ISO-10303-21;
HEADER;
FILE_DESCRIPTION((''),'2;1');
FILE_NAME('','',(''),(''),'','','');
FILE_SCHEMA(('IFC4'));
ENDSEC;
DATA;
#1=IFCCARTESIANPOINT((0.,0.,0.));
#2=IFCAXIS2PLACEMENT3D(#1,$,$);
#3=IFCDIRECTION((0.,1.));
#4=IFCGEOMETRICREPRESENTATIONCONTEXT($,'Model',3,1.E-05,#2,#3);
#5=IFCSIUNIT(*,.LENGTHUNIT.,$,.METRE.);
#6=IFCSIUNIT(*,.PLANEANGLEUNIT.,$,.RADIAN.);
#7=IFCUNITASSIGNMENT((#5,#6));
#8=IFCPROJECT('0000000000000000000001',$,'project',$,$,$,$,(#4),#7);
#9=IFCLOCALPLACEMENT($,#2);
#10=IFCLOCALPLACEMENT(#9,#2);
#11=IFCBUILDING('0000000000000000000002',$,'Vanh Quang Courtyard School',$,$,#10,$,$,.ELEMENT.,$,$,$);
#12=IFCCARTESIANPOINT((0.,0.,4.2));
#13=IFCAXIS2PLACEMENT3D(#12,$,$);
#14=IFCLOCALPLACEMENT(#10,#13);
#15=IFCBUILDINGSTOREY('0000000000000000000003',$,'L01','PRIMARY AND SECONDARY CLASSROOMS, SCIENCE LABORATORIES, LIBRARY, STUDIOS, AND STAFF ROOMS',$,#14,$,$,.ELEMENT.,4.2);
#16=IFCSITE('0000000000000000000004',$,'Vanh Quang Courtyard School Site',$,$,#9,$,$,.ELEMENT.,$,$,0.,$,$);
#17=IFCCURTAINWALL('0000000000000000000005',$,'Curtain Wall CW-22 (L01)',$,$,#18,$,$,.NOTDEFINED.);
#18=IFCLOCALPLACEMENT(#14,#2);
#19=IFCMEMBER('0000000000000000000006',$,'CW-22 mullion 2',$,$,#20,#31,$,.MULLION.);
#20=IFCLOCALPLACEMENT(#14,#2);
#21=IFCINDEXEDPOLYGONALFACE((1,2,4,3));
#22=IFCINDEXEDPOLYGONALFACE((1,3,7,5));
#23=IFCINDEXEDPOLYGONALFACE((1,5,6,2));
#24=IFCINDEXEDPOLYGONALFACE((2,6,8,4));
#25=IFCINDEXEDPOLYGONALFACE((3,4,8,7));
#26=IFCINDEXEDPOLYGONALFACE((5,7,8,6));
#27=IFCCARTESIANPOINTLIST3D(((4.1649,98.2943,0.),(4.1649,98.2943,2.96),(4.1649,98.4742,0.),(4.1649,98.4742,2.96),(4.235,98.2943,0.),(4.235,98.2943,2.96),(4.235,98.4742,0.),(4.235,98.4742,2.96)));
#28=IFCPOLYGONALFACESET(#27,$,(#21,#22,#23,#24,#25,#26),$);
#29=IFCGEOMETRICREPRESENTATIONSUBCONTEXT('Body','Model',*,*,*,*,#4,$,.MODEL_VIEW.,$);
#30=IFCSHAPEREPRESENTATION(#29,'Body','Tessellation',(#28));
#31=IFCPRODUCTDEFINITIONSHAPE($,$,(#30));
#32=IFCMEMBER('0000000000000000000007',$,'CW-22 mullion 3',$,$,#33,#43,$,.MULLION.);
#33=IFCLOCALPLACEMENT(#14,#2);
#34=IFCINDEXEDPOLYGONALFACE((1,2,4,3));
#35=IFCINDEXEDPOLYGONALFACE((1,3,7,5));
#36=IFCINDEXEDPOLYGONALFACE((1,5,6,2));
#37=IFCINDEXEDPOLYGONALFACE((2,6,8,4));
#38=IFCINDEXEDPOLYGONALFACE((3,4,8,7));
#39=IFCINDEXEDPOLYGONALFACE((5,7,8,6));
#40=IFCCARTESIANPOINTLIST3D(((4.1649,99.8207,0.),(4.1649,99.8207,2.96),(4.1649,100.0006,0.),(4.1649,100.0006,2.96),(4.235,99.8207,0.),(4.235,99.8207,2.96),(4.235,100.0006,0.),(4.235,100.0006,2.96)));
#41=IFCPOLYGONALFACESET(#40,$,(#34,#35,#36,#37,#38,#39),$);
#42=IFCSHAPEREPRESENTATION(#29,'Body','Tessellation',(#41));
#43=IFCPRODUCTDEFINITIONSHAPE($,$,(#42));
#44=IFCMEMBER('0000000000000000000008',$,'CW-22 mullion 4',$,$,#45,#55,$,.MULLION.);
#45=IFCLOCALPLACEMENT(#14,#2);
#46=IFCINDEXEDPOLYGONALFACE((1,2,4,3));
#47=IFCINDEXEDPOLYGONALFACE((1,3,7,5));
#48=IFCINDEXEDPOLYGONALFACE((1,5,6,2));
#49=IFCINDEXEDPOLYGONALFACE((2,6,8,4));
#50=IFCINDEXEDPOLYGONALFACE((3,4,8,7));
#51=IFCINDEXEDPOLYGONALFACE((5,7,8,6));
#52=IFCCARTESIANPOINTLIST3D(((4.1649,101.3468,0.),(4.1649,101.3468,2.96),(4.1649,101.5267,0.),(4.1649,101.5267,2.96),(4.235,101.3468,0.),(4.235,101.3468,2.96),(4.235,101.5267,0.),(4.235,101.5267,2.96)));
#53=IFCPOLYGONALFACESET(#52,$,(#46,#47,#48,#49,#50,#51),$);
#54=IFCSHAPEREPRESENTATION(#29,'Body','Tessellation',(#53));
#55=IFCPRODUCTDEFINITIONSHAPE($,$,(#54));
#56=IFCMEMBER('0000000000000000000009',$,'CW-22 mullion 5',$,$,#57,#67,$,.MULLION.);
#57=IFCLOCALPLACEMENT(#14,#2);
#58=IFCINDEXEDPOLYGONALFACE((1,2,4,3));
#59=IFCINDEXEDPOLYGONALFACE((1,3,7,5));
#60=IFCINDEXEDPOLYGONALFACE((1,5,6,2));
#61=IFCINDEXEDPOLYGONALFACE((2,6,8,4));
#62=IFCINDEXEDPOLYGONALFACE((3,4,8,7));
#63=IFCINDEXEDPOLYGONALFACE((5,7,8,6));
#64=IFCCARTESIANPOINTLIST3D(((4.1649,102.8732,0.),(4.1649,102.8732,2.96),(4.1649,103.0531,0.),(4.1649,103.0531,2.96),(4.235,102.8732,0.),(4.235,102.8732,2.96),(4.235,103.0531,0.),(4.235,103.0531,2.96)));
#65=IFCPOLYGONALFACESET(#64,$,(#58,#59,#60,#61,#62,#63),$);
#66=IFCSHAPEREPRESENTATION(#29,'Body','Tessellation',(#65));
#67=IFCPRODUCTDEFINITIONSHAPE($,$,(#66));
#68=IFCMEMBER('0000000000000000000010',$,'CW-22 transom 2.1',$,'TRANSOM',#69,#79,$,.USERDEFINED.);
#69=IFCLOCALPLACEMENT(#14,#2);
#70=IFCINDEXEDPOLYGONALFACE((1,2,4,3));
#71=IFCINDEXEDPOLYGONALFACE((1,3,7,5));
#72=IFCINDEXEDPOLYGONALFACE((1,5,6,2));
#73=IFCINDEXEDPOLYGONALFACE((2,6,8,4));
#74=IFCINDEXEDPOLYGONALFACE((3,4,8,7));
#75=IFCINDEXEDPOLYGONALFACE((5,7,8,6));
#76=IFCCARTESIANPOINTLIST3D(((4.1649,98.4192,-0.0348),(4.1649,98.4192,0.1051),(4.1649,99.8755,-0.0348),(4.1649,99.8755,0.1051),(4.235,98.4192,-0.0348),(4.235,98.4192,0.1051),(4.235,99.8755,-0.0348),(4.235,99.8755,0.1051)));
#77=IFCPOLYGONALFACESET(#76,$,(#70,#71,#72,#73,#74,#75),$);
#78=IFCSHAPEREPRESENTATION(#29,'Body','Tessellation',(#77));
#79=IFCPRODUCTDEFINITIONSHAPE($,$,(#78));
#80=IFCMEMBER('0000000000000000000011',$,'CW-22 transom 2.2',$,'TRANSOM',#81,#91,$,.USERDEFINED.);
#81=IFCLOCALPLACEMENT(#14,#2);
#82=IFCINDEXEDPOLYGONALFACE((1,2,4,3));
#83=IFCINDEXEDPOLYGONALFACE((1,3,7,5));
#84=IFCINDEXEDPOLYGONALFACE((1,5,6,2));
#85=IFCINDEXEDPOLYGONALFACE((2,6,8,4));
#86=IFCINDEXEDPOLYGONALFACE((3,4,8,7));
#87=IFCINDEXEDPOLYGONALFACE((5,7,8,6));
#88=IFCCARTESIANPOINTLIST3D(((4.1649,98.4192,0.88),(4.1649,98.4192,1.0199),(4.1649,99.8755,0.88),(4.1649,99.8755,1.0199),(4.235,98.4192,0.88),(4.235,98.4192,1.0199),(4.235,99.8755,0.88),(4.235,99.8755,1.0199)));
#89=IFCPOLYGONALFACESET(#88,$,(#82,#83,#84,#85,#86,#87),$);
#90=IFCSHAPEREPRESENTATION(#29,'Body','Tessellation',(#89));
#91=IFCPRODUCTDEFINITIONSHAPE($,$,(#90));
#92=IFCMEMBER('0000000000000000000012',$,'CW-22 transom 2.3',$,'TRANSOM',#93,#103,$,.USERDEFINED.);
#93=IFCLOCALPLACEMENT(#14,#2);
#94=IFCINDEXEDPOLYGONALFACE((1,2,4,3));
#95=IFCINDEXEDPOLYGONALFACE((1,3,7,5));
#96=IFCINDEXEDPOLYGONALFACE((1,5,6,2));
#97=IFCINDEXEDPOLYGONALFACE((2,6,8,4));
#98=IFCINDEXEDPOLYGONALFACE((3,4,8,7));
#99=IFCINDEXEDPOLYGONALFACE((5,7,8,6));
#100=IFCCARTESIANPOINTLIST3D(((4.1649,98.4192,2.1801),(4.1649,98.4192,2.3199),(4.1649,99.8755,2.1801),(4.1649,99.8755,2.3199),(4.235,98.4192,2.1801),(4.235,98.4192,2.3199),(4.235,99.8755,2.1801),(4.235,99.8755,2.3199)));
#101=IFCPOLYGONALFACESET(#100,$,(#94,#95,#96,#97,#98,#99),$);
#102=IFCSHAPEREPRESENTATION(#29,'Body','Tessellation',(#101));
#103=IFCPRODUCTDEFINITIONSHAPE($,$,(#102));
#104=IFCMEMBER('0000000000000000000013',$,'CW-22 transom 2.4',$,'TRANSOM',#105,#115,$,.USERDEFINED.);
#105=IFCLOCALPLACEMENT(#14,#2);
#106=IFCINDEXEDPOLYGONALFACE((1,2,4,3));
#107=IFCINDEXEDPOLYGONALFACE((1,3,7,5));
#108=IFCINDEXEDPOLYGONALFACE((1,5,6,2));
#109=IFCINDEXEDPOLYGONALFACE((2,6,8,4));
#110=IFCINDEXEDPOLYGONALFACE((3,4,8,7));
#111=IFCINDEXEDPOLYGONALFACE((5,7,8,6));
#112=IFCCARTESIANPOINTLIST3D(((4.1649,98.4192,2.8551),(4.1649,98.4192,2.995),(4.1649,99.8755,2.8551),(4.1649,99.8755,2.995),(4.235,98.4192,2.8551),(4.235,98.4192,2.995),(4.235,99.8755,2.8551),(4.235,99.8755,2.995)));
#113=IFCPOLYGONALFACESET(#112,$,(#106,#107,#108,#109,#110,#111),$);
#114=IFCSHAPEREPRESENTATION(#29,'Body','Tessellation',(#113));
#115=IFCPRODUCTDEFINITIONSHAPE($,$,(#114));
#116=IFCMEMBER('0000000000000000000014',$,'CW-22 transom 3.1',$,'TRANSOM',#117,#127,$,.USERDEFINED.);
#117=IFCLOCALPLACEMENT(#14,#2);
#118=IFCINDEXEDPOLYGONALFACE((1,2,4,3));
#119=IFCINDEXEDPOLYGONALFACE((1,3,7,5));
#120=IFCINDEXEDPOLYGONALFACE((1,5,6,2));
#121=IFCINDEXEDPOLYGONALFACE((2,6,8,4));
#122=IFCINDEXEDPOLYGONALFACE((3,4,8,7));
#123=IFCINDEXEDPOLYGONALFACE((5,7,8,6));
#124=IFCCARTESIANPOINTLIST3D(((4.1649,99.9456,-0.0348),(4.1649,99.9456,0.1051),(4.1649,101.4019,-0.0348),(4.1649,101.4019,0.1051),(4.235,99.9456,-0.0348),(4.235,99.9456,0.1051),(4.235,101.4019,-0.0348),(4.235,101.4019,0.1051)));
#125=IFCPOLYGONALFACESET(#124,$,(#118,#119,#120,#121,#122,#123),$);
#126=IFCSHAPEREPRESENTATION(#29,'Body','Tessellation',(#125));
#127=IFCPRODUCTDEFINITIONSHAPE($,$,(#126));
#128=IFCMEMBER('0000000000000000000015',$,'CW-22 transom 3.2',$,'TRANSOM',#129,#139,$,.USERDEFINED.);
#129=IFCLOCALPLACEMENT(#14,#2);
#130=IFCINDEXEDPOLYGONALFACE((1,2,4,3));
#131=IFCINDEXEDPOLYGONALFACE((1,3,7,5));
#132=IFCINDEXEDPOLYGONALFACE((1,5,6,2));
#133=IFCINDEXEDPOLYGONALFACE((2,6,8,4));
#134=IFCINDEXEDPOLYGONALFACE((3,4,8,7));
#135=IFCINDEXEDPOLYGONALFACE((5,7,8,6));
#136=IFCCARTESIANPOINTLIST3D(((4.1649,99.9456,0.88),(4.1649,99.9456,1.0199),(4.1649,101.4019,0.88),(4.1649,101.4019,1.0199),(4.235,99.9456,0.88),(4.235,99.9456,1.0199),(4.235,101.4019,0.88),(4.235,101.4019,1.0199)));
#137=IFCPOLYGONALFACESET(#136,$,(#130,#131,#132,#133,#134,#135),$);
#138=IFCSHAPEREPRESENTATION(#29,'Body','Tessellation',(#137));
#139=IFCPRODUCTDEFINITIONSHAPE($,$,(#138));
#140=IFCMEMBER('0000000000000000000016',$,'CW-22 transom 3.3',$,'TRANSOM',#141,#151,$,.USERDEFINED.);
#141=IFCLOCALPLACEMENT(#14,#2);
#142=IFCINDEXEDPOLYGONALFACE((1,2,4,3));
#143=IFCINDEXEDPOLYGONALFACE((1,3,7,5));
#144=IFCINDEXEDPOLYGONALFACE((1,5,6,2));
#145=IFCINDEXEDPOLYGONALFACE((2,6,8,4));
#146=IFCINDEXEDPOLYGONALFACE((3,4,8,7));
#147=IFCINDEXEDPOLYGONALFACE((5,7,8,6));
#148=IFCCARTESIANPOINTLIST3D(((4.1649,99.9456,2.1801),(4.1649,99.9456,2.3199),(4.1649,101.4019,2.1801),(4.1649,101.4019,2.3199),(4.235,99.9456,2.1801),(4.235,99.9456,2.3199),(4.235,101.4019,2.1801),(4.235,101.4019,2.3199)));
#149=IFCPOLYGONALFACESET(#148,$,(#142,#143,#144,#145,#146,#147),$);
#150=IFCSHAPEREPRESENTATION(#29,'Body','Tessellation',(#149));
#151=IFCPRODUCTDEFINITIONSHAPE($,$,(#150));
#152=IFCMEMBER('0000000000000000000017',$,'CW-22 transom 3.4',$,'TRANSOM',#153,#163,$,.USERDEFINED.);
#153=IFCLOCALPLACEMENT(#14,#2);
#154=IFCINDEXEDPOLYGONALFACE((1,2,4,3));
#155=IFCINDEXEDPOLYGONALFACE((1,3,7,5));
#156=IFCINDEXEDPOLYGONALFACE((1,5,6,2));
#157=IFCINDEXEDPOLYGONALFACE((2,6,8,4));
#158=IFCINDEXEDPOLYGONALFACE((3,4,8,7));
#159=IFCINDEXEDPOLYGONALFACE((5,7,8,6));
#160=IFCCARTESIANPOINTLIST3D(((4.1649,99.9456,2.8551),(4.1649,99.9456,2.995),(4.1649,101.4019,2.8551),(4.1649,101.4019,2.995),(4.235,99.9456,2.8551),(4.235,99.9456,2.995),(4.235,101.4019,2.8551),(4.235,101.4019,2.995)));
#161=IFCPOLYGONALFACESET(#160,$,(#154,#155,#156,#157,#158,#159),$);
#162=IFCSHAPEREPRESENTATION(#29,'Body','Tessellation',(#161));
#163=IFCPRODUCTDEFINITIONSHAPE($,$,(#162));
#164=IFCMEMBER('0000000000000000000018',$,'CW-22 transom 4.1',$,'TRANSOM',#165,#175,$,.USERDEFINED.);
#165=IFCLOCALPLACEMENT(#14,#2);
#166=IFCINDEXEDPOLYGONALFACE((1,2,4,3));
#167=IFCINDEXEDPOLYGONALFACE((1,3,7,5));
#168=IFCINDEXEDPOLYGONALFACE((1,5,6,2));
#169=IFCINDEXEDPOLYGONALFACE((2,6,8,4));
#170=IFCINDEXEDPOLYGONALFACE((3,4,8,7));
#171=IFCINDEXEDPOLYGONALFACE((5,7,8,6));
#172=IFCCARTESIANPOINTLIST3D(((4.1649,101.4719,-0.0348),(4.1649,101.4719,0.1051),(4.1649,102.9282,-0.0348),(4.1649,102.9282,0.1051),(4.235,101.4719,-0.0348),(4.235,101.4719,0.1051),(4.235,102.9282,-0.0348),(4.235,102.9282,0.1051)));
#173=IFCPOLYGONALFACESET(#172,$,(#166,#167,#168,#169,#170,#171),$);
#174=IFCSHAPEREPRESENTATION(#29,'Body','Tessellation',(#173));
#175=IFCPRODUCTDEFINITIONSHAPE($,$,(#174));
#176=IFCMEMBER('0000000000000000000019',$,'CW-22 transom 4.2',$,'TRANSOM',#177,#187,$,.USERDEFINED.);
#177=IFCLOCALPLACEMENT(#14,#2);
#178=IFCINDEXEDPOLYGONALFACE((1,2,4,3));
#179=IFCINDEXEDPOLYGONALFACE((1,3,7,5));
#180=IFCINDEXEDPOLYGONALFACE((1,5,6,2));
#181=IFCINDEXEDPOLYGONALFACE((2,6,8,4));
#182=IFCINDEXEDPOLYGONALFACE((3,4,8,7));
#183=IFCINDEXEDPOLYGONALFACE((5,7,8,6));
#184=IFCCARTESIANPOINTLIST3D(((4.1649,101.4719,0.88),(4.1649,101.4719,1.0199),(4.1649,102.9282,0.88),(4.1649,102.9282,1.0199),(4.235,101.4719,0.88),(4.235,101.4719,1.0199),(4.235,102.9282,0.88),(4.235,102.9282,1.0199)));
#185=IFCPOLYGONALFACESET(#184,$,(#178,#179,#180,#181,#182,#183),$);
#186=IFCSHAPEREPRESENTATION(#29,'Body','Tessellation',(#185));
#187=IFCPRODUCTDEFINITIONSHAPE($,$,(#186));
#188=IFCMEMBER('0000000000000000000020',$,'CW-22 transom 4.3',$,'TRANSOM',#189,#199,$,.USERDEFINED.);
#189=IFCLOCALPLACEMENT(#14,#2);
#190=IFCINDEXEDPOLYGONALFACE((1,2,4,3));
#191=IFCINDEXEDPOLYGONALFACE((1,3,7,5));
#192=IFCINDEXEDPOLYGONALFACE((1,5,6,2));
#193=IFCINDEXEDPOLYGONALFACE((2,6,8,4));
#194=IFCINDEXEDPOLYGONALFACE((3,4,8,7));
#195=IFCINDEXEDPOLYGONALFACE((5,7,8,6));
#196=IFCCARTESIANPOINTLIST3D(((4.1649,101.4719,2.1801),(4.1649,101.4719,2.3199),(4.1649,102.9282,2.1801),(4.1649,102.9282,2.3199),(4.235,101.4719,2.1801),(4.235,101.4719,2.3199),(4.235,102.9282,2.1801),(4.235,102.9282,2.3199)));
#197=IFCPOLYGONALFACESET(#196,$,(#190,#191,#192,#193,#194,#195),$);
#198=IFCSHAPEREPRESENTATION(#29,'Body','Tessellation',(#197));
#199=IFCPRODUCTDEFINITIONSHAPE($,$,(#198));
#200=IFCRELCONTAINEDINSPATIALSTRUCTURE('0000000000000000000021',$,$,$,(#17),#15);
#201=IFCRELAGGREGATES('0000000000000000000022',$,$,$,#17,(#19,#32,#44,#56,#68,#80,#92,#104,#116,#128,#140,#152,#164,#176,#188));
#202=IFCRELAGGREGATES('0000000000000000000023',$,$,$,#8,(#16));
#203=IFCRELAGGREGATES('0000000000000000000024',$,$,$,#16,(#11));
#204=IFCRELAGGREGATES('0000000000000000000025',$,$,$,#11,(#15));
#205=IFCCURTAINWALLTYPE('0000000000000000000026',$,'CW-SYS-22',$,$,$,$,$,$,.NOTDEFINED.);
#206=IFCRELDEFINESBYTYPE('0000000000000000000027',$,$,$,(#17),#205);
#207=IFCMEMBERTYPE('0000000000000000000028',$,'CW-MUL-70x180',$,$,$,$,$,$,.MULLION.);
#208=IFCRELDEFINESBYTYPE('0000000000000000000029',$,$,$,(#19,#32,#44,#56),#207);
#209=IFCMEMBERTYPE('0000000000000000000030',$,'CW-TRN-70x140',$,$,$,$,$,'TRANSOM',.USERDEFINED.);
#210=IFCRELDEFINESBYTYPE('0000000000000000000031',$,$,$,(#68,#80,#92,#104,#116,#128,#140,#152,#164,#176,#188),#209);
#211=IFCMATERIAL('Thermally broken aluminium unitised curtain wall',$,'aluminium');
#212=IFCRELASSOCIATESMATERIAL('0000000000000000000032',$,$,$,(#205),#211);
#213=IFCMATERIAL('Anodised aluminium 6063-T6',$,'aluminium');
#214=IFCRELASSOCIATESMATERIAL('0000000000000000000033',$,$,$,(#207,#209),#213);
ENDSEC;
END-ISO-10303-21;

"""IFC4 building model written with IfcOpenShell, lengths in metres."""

from ifc_helpers import new_model, si_unit, direction, frame, origin, origin_2d, place, context, subcontext, project, spatial, rectangle, extrude, material, material_profile, profile_set, type_object, element, aggregate, save


model = new_model("IFC4")

# Units and contexts
model_context = context("Model", 3, precision=1e-05, world=origin(), true_north=direction((0.0, 1.0)))
body_context = subcontext(model_context, "Body", "Model", "MODEL_VIEW")
ifc_project = project(units=[si_unit("LENGTHUNIT", "METRE"), si_unit("PLANEANGLEUNIT", "RADIAN")], contexts=[model_context])

# Site, building, storey
site_placement = place(None, origin())
site = spatial("IfcSite", under=ifc_project, at=site_placement, Name="Vanh Quang Courtyard School Site", CompositionType="ELEMENT", RefElevation=0.0)
building_placement = place(site_placement, origin())
building = spatial("IfcBuilding", under=site, at=building_placement, Name="Vanh Quang Courtyard School", CompositionType="ELEMENT")
storey_placement = place(building_placement, frame((0.0, 0.0, 4.2)))
storey = spatial("IfcBuildingStorey", under=building, at=storey_placement, Name="L01", Description="PRIMARY AND SECONDARY CLASSROOMS, SCIENCE LABORATORIES, LIBRARY, STUDIOS, AND STAFF ROOMS", CompositionType="ELEMENT", Elevation=4.2)

# Curtain wall, members
ifc_material_1 = material(Name="Thermally broken aluminium unitised curtain wall", Category="aluminium")
curtain_wall_type = type_object("IfcCurtainWallType", Name="CW-SYS-22", PredefinedType="NOTDEFINED", material=ifc_material_1)
curtain_wall_placement = place(storey_placement, origin())
curtain_wall = element("IfcCurtainWall", 1, at=curtain_wall_placement, inside=storey, type_object=curtain_wall_type, Name="Curtain Wall CW-22 (L01)", PredefinedType="NOTDEFINED")
ifc_material_2 = material(Name="Anodised aluminium 6063-T6", Category="aluminium")
ifc_material_profile_1 = material_profile(ifc_material_2, rectangle(XDim=0.0701, YDim=0.1799, at=origin_2d()), Name="ALU-MUL 70x180")
ifc_profile_set_1 = profile_set([ifc_material_profile_1], Name="Anodised aluminium 6063-T6")
member_type_1 = type_object("IfcMemberType", Name="CW-MUL-70x180", PredefinedType="MULLION", material=ifc_profile_set_1)
member_1_placement = place(storey_placement, frame((4.2, 98.3843, 0.0), z_axis=(0.0, 0.0, 1.0), x_axis=(-1.0, 0.0, 0.0)))
member_1 = element("IfcMember", 2, at=member_1_placement, type_object=member_type_1, Name="CW-22 mullion 2", PredefinedType="MULLION", context=body_context, shape_type="SweptSolid", body=[
    extrude(rectangle(XDim=0.0701, YDim=0.1799, at=origin_2d()), origin(), (0.0, 0.0, 1.0), 2.96),
])
member_2_placement = place(storey_placement, frame((4.2, 99.9106, 0.0), z_axis=(0.0, 0.0, 1.0), x_axis=(-1.0, 0.0, 0.0)))
member_2 = element("IfcMember", 3, at=member_2_placement, type_object=member_type_1, Name="CW-22 mullion 3", PredefinedType="MULLION", context=body_context, shape_type="SweptSolid", body=[
    extrude(rectangle(XDim=0.0701, YDim=0.1799, at=origin_2d()), origin(), (0.0, 0.0, 1.0), 2.96),
])
member_3_placement = place(storey_placement, frame((4.2, 101.4368, 0.0), z_axis=(0.0, 0.0, 1.0), x_axis=(-1.0, 0.0, 0.0)))
member_3 = element("IfcMember", 4, at=member_3_placement, type_object=member_type_1, Name="CW-22 mullion 4", PredefinedType="MULLION", context=body_context, shape_type="SweptSolid", body=[
    extrude(rectangle(XDim=0.0701, YDim=0.1799, at=origin_2d()), origin(), (0.0, 0.0, 1.0), 2.96),
])
member_4_placement = place(storey_placement, frame((4.2, 102.9631, 0.0), z_axis=(0.0, 0.0, 1.0), x_axis=(-1.0, 0.0, 0.0)))
member_4 = element("IfcMember", 5, at=member_4_placement, type_object=member_type_1, Name="CW-22 mullion 5", PredefinedType="MULLION", context=body_context, shape_type="SweptSolid", body=[
    extrude(rectangle(XDim=0.0701, YDim=0.1799, at=origin_2d()), origin(), (0.0, 0.0, 1.0), 2.96),
])
ifc_material_profile_2 = material_profile(ifc_material_2, rectangle(XDim=0.0701, YDim=0.1399, at=origin_2d()), Name="ALU-TRN 70x140")
ifc_profile_set_2 = profile_set([ifc_material_profile_2], Name="Anodised aluminium 6063-T6")
member_type_2 = type_object("IfcMemberType", Name="CW-TRN-70x140", ElementType="TRANSOM", PredefinedType="USERDEFINED", material=ifc_profile_set_2)
member_5_placement = place(storey_placement, frame((4.2, 98.4192, 0.0352), z_axis=(0.0, 1.0, 0.0), x_axis=(-1.0, 0.0, 0.0)))
member_5 = element("IfcMember", 6, at=member_5_placement, type_object=member_type_2, Name="CW-22 transom 2.1", ObjectType="TRANSOM", PredefinedType="USERDEFINED", context=body_context, shape_type="SweptSolid", body=[
    extrude(rectangle(XDim=0.0701, YDim=0.1399, at=origin_2d()), origin(), (0.0, 0.0, 1.0), 1.4563),
])
member_6_placement = place(storey_placement, frame((4.2, 98.4192, 0.95), z_axis=(0.0, 1.0, 0.0), x_axis=(-1.0, 0.0, 0.0)))
member_6 = element("IfcMember", 7, at=member_6_placement, type_object=member_type_2, Name="CW-22 transom 2.2", ObjectType="TRANSOM", PredefinedType="USERDEFINED", context=body_context, shape_type="SweptSolid", body=[
    extrude(rectangle(XDim=0.0701, YDim=0.1399, at=origin_2d()), origin(), (0.0, 0.0, 1.0), 1.4563),
])
member_7_placement = place(storey_placement, frame((4.2, 98.4192, 2.25), z_axis=(0.0, 1.0, 0.0), x_axis=(-1.0, 0.0, 0.0)))
member_7 = element("IfcMember", 8, at=member_7_placement, type_object=member_type_2, Name="CW-22 transom 2.3", ObjectType="TRANSOM", PredefinedType="USERDEFINED", context=body_context, shape_type="SweptSolid", body=[
    extrude(rectangle(XDim=0.0701, YDim=0.1399, at=origin_2d()), origin(), (0.0, 0.0, 1.0), 1.4563),
])
member_8_placement = place(storey_placement, frame((4.2, 98.4192, 2.925), z_axis=(0.0, 1.0, 0.0), x_axis=(-1.0, 0.0, 0.0)))
member_8 = element("IfcMember", 9, at=member_8_placement, type_object=member_type_2, Name="CW-22 transom 2.4", ObjectType="TRANSOM", PredefinedType="USERDEFINED", context=body_context, shape_type="SweptSolid", body=[
    extrude(rectangle(XDim=0.0701, YDim=0.1399, at=origin_2d()), origin(), (0.0, 0.0, 1.0), 1.4563),
])
member_9_placement = place(storey_placement, frame((4.2, 99.9456, 0.0352), z_axis=(0.0, 1.0, 0.0), x_axis=(-1.0, 0.0, 0.0)))
member_9 = element("IfcMember", 10, at=member_9_placement, type_object=member_type_2, Name="CW-22 transom 3.1", ObjectType="TRANSOM", PredefinedType="USERDEFINED", context=body_context, shape_type="SweptSolid", body=[
    extrude(rectangle(XDim=0.0701, YDim=0.1399, at=origin_2d()), origin(), (0.0, 0.0, 1.0), 1.4563),
])
member_10_placement = place(storey_placement, frame((4.2, 99.9456, 0.95), z_axis=(0.0, 1.0, 0.0), x_axis=(-1.0, 0.0, 0.0)))
member_10 = element("IfcMember", 11, at=member_10_placement, type_object=member_type_2, Name="CW-22 transom 3.2", ObjectType="TRANSOM", PredefinedType="USERDEFINED", context=body_context, shape_type="SweptSolid", body=[
    extrude(rectangle(XDim=0.0701, YDim=0.1399, at=origin_2d()), origin(), (0.0, 0.0, 1.0), 1.4563),
])
member_11_placement = place(storey_placement, frame((4.2, 99.9456, 2.25), z_axis=(0.0, 1.0, 0.0), x_axis=(-1.0, 0.0, 0.0)))
member_11 = element("IfcMember", 12, at=member_11_placement, type_object=member_type_2, Name="CW-22 transom 3.3", ObjectType="TRANSOM", PredefinedType="USERDEFINED", context=body_context, shape_type="SweptSolid", body=[
    extrude(rectangle(XDim=0.0701, YDim=0.1399, at=origin_2d()), origin(), (0.0, 0.0, 1.0), 1.4563),
])
member_12_placement = place(storey_placement, frame((4.2, 99.9456, 2.925), z_axis=(0.0, 1.0, 0.0), x_axis=(-1.0, 0.0, 0.0)))
member_12 = element("IfcMember", 13, at=member_12_placement, type_object=member_type_2, Name="CW-22 transom 3.4", ObjectType="TRANSOM", PredefinedType="USERDEFINED", context=body_context, shape_type="SweptSolid", body=[
    extrude(rectangle(XDim=0.0701, YDim=0.1399, at=origin_2d()), origin(), (0.0, 0.0, 1.0), 1.4563),
])
member_13_placement = place(storey_placement, frame((4.2, 101.4719, 0.0352), z_axis=(0.0, 1.0, 0.0), x_axis=(-1.0, 0.0, 0.0)))
member_13 = element("IfcMember", 14, at=member_13_placement, type_object=member_type_2, Name="CW-22 transom 4.1", ObjectType="TRANSOM", PredefinedType="USERDEFINED", context=body_context, shape_type="SweptSolid", body=[
    extrude(rectangle(XDim=0.0701, YDim=0.1399, at=origin_2d()), origin(), (0.0, 0.0, 1.0), 1.4563),
])
member_14_placement = place(storey_placement, frame((4.2, 101.4719, 0.95), z_axis=(0.0, 1.0, 0.0), x_axis=(-1.0, 0.0, 0.0)))
member_14 = element("IfcMember", 15, at=member_14_placement, type_object=member_type_2, Name="CW-22 transom 4.2", ObjectType="TRANSOM", PredefinedType="USERDEFINED", context=body_context, shape_type="SweptSolid", body=[
    extrude(rectangle(XDim=0.0701, YDim=0.1399, at=origin_2d()), origin(), (0.0, 0.0, 1.0), 1.4563),
])
member_15_placement = place(storey_placement, frame((4.2, 101.4719, 2.25), z_axis=(0.0, 1.0, 0.0), x_axis=(-1.0, 0.0, 0.0)))
member_15 = element("IfcMember", 16, at=member_15_placement, type_object=member_type_2, Name="CW-22 transom 4.3", ObjectType="TRANSOM", PredefinedType="USERDEFINED", context=body_context, shape_type="SweptSolid", body=[
    extrude(rectangle(XDim=0.0701, YDim=0.1399, at=origin_2d()), origin(), (0.0, 0.0, 1.0), 1.4563),
])
aggregate(curtain_wall, [member_1, member_2, member_3, member_4, member_5, member_6, member_7, member_8, member_9, member_10, member_11, member_12, member_13, member_14, member_15])

save(model, "model.ifc")
